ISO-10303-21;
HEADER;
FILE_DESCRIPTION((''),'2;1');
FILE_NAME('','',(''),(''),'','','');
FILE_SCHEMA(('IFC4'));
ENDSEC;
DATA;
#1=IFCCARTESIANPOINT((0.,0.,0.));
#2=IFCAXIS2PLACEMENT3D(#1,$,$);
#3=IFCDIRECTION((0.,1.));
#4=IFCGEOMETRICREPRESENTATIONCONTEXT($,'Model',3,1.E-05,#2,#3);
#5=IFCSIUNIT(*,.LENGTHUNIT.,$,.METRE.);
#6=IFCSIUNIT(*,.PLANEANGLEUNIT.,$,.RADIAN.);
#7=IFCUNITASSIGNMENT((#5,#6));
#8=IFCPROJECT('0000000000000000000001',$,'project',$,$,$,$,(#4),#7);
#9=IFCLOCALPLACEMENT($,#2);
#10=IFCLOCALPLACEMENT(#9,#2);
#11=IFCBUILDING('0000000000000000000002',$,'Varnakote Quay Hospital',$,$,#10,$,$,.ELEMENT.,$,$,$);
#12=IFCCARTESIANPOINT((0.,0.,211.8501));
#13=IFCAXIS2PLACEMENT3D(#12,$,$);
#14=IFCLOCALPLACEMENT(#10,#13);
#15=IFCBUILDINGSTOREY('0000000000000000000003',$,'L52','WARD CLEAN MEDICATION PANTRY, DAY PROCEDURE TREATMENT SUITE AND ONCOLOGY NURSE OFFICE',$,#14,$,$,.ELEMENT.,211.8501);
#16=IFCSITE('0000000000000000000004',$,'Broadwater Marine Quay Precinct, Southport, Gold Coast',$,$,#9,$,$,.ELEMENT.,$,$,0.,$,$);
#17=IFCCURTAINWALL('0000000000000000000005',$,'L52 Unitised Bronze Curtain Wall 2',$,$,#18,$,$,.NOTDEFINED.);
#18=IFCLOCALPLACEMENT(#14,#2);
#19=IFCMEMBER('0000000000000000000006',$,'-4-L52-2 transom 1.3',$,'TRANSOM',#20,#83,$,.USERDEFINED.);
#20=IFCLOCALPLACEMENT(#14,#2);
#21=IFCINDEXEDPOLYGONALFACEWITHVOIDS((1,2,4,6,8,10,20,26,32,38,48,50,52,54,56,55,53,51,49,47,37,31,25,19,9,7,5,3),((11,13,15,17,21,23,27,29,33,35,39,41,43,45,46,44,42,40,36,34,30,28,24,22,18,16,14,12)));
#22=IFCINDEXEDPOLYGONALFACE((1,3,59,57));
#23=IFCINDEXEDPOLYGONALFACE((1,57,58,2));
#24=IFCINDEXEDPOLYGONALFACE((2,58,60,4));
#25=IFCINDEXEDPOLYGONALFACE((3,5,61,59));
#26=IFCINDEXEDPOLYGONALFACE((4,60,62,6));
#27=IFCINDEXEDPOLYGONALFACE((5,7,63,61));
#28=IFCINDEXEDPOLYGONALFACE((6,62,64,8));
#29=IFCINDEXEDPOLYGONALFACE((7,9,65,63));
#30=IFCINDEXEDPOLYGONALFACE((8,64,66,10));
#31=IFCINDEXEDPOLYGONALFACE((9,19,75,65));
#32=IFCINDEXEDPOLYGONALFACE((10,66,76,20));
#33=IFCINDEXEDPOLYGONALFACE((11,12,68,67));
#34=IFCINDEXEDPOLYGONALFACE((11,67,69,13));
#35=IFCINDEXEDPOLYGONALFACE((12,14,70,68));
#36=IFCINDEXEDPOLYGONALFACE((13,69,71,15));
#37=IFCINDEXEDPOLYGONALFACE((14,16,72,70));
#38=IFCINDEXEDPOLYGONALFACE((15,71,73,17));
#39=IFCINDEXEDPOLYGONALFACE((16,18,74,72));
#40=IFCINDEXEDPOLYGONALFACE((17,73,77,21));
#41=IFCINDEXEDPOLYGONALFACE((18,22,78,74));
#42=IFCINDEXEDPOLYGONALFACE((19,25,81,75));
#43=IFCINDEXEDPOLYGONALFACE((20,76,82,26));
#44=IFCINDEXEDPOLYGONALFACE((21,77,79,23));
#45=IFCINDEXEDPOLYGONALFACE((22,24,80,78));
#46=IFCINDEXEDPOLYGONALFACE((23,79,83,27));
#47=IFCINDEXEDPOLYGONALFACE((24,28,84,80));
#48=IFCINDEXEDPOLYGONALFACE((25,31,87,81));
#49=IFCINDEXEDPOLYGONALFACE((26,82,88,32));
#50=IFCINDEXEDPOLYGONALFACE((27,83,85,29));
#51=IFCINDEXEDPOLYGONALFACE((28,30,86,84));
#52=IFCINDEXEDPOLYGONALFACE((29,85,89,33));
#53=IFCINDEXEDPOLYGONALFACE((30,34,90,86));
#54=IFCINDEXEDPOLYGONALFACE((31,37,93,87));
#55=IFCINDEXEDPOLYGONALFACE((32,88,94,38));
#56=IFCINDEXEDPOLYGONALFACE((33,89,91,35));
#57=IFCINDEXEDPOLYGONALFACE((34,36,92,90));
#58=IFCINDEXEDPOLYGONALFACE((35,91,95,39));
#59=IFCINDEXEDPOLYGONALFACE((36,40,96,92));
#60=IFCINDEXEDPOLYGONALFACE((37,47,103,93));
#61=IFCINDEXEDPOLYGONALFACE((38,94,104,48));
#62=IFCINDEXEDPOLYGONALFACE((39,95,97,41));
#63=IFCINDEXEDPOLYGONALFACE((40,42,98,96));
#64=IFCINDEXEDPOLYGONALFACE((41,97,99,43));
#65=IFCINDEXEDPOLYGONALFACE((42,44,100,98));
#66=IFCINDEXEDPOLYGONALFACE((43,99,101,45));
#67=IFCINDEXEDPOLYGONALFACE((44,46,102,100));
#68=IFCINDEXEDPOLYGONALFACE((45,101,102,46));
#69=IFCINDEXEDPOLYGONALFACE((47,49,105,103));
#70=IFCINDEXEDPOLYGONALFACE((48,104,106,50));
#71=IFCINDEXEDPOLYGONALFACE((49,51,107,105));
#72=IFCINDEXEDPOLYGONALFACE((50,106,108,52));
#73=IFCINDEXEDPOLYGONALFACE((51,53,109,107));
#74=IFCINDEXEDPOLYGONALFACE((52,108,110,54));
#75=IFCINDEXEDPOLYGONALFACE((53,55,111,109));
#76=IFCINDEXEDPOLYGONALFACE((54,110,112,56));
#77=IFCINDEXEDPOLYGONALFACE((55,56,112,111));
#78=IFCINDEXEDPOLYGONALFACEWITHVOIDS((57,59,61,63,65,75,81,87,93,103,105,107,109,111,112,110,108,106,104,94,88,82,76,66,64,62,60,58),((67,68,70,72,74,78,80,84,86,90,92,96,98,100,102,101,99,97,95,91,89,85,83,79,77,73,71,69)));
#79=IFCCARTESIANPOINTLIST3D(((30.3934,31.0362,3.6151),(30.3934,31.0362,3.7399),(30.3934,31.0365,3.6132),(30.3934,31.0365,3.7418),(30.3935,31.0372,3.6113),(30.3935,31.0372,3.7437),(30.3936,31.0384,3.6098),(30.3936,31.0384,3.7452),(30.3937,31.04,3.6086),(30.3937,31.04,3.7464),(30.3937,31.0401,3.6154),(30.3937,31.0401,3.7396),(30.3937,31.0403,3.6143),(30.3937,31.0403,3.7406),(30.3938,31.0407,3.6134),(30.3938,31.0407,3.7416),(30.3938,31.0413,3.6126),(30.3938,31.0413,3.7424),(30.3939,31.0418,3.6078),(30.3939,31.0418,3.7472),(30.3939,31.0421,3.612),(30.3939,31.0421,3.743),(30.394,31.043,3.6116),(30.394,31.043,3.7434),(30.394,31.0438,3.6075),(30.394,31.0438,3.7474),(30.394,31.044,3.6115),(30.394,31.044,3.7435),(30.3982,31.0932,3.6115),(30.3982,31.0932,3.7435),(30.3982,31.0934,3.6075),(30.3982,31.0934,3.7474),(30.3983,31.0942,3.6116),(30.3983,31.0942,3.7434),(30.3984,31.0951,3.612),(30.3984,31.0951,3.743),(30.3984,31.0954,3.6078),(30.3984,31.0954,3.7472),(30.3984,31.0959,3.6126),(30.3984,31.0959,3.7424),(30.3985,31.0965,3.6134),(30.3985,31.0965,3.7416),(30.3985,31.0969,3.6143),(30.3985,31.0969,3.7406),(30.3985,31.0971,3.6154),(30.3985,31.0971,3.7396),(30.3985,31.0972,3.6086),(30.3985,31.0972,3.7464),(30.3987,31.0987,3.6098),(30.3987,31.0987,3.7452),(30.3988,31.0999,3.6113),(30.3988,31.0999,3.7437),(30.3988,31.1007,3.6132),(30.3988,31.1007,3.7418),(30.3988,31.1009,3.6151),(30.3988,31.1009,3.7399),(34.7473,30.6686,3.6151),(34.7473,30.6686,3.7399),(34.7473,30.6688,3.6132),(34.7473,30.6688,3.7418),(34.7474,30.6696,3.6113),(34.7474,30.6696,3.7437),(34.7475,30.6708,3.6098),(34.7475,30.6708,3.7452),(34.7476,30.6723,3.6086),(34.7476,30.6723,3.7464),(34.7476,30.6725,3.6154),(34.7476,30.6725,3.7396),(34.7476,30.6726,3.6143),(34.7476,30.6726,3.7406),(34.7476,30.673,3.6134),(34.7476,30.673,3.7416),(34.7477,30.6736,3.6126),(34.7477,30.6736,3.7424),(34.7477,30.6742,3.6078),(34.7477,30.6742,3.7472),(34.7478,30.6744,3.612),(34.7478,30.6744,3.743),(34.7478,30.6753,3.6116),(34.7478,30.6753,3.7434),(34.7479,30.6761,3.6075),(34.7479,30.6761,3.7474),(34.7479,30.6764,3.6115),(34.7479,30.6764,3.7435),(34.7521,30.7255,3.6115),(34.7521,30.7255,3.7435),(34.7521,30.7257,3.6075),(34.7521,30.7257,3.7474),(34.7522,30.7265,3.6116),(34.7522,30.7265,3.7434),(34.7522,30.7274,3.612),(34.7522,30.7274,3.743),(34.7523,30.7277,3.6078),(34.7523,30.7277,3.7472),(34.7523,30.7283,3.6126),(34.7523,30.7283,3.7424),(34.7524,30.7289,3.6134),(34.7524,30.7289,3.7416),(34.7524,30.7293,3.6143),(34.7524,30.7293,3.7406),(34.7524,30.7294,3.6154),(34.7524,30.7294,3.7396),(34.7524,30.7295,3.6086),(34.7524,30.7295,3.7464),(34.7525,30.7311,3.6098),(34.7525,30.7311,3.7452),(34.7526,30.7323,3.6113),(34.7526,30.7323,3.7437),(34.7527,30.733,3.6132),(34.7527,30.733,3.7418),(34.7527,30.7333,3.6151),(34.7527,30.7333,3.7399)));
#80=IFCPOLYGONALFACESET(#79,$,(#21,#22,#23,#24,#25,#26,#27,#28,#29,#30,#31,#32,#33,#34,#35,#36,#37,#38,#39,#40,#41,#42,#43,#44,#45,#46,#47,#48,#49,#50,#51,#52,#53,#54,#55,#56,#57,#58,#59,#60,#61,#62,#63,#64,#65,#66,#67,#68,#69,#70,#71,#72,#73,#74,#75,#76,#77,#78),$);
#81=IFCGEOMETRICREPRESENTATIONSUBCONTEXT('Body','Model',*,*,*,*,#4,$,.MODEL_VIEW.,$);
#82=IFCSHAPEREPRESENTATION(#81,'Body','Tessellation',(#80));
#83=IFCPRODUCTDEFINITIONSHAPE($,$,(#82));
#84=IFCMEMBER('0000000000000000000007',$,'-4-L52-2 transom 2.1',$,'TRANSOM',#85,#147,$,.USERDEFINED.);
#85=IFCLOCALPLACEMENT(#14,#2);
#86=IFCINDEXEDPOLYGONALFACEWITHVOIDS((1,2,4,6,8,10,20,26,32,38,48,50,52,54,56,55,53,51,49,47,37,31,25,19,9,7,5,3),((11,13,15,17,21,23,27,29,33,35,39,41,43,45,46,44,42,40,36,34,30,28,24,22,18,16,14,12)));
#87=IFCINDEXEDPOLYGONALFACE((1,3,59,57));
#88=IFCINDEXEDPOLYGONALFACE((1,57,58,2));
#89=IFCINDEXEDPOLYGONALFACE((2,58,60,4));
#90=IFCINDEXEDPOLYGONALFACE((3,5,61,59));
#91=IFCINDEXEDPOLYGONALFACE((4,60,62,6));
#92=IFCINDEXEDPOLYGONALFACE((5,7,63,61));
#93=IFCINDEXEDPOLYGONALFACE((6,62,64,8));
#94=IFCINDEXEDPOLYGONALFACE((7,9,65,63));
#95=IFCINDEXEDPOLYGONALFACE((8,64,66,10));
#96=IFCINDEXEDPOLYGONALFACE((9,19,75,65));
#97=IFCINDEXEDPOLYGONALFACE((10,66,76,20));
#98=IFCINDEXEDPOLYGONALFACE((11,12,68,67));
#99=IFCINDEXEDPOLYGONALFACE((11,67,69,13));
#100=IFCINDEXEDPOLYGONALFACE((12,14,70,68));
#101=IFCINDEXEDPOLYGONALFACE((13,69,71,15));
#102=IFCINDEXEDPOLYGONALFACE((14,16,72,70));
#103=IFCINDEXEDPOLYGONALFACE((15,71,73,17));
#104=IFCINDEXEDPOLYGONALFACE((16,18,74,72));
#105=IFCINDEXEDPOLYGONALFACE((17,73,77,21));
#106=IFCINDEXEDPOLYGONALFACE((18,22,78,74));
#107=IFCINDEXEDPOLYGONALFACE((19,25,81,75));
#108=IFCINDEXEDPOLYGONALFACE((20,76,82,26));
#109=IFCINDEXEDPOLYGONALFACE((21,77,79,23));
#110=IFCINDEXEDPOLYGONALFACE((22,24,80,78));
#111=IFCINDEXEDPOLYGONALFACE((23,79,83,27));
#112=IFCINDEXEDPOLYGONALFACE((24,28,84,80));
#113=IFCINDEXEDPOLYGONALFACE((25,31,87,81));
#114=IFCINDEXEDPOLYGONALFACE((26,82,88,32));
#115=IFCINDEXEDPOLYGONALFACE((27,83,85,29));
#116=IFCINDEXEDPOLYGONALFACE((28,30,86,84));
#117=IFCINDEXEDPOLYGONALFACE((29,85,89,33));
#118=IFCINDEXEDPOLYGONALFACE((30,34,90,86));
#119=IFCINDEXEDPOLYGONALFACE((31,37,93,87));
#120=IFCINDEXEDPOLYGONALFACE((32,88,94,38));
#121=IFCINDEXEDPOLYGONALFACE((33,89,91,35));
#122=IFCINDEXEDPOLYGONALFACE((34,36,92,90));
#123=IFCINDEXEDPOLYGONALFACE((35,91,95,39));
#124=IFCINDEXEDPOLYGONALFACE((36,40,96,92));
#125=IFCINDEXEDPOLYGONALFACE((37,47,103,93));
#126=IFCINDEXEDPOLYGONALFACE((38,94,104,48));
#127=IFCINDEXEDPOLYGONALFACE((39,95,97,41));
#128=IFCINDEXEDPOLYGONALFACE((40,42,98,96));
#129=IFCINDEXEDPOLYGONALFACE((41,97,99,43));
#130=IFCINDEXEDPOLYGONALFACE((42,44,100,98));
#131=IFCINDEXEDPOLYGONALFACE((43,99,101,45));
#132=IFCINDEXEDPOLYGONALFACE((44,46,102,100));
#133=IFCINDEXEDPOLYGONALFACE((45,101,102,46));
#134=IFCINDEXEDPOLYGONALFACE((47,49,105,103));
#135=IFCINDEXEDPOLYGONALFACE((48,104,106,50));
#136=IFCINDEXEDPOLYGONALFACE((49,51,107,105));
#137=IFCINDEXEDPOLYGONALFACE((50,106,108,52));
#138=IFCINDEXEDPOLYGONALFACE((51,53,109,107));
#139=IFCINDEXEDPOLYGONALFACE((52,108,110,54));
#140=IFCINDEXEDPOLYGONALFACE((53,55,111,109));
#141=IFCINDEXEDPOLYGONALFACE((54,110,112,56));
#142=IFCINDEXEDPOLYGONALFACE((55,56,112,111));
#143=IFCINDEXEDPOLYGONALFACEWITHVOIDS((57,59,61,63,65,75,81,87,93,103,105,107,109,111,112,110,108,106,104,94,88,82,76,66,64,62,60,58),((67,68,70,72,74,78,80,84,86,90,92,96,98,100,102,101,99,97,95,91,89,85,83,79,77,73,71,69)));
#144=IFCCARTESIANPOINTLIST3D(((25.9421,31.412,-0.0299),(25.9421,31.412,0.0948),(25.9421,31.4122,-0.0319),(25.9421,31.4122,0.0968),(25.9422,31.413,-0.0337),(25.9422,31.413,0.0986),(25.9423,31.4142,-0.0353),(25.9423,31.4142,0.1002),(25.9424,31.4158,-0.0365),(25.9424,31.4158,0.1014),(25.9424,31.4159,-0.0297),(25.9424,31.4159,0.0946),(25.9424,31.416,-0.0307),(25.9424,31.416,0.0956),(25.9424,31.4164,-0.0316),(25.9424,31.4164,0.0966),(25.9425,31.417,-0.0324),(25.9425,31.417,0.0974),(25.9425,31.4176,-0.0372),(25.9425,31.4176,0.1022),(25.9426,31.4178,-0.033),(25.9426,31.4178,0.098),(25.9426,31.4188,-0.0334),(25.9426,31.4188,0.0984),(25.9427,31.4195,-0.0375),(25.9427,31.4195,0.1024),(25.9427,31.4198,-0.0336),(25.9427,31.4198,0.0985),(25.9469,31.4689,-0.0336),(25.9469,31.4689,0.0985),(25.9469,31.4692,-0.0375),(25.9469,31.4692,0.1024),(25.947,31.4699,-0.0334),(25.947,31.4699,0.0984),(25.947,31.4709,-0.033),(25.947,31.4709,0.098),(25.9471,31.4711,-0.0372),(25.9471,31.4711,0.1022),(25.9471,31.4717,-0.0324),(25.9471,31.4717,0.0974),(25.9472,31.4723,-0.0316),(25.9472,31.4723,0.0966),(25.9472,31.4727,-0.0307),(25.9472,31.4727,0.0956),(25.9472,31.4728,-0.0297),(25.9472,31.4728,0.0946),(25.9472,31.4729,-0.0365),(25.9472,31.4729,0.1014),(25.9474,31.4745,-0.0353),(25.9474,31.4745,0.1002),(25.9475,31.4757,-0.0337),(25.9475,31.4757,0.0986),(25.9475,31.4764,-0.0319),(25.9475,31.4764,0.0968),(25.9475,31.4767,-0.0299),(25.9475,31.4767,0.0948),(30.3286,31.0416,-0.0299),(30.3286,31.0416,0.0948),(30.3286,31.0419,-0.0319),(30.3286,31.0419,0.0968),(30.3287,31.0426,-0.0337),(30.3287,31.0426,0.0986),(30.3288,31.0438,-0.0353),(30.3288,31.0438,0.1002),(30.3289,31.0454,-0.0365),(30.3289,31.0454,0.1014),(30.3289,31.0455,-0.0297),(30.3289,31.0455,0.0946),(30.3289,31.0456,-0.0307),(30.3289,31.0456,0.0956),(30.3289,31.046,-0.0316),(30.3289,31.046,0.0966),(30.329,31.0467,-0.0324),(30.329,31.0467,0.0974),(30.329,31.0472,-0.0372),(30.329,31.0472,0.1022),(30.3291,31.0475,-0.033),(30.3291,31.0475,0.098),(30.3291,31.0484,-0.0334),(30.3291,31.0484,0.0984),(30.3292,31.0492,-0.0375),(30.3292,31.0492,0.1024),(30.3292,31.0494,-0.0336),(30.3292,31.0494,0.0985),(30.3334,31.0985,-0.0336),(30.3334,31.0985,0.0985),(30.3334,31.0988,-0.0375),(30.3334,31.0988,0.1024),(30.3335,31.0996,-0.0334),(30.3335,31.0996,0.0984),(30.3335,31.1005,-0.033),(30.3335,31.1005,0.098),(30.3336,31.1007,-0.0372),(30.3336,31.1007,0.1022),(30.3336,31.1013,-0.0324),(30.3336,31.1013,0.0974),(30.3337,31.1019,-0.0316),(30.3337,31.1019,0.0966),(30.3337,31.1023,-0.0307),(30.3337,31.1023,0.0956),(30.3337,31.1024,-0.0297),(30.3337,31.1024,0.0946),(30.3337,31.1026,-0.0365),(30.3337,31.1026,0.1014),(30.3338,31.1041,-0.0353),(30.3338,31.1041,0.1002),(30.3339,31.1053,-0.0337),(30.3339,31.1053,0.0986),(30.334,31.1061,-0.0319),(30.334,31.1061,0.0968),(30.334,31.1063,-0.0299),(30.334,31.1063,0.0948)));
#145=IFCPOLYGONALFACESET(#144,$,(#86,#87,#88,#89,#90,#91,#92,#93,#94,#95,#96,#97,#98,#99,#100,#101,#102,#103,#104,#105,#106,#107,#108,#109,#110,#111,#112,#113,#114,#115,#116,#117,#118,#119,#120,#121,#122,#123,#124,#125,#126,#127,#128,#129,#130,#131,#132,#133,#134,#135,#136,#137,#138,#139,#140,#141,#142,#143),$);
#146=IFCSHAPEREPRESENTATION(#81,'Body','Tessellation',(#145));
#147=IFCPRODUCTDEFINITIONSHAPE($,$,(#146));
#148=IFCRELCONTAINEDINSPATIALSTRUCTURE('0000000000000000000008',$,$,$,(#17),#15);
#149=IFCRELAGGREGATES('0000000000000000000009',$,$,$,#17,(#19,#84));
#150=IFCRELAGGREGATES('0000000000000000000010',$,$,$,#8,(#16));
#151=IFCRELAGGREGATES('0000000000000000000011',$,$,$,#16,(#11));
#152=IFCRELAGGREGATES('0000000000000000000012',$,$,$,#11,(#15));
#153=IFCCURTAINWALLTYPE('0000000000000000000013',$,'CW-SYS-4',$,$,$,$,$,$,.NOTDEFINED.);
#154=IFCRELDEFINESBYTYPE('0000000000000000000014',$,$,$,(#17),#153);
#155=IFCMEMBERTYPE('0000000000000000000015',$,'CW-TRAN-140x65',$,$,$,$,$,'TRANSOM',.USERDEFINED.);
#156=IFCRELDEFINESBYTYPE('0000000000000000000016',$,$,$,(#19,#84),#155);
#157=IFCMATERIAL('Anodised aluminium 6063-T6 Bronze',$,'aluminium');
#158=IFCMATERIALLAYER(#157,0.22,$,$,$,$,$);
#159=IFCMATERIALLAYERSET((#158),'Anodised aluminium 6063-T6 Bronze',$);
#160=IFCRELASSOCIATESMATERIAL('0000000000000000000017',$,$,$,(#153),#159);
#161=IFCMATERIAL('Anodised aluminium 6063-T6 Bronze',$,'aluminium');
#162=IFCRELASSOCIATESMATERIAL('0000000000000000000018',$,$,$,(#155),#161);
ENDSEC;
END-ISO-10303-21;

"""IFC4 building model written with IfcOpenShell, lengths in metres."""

from ifc_helpers import new_model, si_unit, direction, frame, origin, origin_2d, place, context, subcontext, project, spatial, hollow_rectangle, extrude, material, layer, layer_set, material_profile, profile_set, type_object, element, aggregate, save


model = new_model("IFC4")

# Units and contexts
model_context = context("Model", 3, precision=1e-05, world=origin(), true_north=direction((0.0, 1.0)))
body_context = subcontext(model_context, "Body", "Model", "MODEL_VIEW")
ifc_project = project(units=[si_unit("LENGTHUNIT", "METRE"), si_unit("PLANEANGLEUNIT", "RADIAN")], contexts=[model_context])

# Site, building, storey
site_placement = place(None, origin())
site = spatial("IfcSite", under=ifc_project, at=site_placement, Name="Broadwater Marine Quay Precinct, Southport, Gold Coast", CompositionType="ELEMENT", RefElevation=0.0)
building_placement = place(site_placement, origin())
building = spatial("IfcBuilding", under=site, at=building_placement, Name="Varnakote Quay Hospital", CompositionType="ELEMENT")
storey_placement = place(building_placement, frame((0.0, 0.0, 211.8501)))
storey = spatial("IfcBuildingStorey", under=building, at=storey_placement, Name="L52", Description="WARD CLEAN MEDICATION PANTRY, DAY PROCEDURE TREATMENT SUITE AND ONCOLOGY NURSE OFFICE", CompositionType="ELEMENT", Elevation=211.8501)

# Curtain wall, members
ifc_material_1 = material(Name="Anodised aluminium 6063-T6 Bronze", Category="aluminium")
ifc_layer_1 = layer(ifc_material_1, 0.22)
ifc_layer_set_1 = layer_set([ifc_layer_1], Name="Anodised aluminium 6063-T6 Bronze")
curtain_wall_type = type_object("IfcCurtainWallType", Name="CW-SYS-4", PredefinedType="NOTDEFINED", material=ifc_layer_set_1)
curtain_wall_placement = place(storey_placement, origin())
curtain_wall = element("IfcCurtainWall", 1, at=curtain_wall_placement, inside=storey, type_object=curtain_wall_type, Name="L52 Unitised Bronze Curtain Wall 2", PredefinedType="NOTDEFINED")
ifc_material_2 = material(Name="Anodised aluminium 6063-T6 Bronze", Category="aluminium")
ifc_material_profile_1 = material_profile(ifc_material_2, hollow_rectangle(XDim=0.0649, YDim=0.1399, WallThickness=0.0039, InnerFilletRadius=0.0039, OuterFilletRadius=0.0076, at=origin_2d()), Name="CW-TRAN-140x65")
ifc_profile_set_1 = profile_set([ifc_material_profile_1], Name="Anodised aluminium 6063-T6 Bronze")
member_type_1 = type_object("IfcMemberType", Name="CW-TRAN-140x65", ElementType="TRANSOM", PredefinedType="USERDEFINED", material=ifc_profile_set_1)
member_1_placement = place(storey_placement, frame((34.75, 30.7009, 3.6775), z_axis=(-0.996453, 0.084146, 0.0), x_axis=(-0.084146, -0.996453, 0.0)))
member_1 = element("IfcMember", 2, at=member_1_placement, type_object=member_type_1, Name="-4-L52-2 transom 1.3", ObjectType="TRANSOM", PredefinedType="USERDEFINED", context=body_context, shape_type="SweptSolid", body=[
    extrude(hollow_rectangle(XDim=0.0649, YDim=0.1399, WallThickness=0.0039, InnerFilletRadius=0.0039, OuterFilletRadius=0.0076, at=origin_2d()), origin(), (0.0, 0.0, 1.0), 4.3694),
])
member_2_placement = place(storey_placement, frame((30.3313, 31.074, 0.0325), z_axis=(-0.996455, 0.084133, 0.0), x_axis=(-0.084133, -0.996455, 0.0)))
member_2 = element("IfcMember", 3, at=member_2_placement, type_object=member_type_1, Name="-4-L52-2 transom 2.1", ObjectType="TRANSOM", PredefinedType="USERDEFINED", context=body_context, shape_type="SweptSolid", body=[
    extrude(hollow_rectangle(XDim=0.0649, YDim=0.1399, WallThickness=0.0039, InnerFilletRadius=0.0039, OuterFilletRadius=0.0076, at=origin_2d()), origin(), (0.0, 0.0, 1.0), 4.4021),
])

aggregate(curtain_wall, [member_1, member_2])

save(model, "model.ifc")
